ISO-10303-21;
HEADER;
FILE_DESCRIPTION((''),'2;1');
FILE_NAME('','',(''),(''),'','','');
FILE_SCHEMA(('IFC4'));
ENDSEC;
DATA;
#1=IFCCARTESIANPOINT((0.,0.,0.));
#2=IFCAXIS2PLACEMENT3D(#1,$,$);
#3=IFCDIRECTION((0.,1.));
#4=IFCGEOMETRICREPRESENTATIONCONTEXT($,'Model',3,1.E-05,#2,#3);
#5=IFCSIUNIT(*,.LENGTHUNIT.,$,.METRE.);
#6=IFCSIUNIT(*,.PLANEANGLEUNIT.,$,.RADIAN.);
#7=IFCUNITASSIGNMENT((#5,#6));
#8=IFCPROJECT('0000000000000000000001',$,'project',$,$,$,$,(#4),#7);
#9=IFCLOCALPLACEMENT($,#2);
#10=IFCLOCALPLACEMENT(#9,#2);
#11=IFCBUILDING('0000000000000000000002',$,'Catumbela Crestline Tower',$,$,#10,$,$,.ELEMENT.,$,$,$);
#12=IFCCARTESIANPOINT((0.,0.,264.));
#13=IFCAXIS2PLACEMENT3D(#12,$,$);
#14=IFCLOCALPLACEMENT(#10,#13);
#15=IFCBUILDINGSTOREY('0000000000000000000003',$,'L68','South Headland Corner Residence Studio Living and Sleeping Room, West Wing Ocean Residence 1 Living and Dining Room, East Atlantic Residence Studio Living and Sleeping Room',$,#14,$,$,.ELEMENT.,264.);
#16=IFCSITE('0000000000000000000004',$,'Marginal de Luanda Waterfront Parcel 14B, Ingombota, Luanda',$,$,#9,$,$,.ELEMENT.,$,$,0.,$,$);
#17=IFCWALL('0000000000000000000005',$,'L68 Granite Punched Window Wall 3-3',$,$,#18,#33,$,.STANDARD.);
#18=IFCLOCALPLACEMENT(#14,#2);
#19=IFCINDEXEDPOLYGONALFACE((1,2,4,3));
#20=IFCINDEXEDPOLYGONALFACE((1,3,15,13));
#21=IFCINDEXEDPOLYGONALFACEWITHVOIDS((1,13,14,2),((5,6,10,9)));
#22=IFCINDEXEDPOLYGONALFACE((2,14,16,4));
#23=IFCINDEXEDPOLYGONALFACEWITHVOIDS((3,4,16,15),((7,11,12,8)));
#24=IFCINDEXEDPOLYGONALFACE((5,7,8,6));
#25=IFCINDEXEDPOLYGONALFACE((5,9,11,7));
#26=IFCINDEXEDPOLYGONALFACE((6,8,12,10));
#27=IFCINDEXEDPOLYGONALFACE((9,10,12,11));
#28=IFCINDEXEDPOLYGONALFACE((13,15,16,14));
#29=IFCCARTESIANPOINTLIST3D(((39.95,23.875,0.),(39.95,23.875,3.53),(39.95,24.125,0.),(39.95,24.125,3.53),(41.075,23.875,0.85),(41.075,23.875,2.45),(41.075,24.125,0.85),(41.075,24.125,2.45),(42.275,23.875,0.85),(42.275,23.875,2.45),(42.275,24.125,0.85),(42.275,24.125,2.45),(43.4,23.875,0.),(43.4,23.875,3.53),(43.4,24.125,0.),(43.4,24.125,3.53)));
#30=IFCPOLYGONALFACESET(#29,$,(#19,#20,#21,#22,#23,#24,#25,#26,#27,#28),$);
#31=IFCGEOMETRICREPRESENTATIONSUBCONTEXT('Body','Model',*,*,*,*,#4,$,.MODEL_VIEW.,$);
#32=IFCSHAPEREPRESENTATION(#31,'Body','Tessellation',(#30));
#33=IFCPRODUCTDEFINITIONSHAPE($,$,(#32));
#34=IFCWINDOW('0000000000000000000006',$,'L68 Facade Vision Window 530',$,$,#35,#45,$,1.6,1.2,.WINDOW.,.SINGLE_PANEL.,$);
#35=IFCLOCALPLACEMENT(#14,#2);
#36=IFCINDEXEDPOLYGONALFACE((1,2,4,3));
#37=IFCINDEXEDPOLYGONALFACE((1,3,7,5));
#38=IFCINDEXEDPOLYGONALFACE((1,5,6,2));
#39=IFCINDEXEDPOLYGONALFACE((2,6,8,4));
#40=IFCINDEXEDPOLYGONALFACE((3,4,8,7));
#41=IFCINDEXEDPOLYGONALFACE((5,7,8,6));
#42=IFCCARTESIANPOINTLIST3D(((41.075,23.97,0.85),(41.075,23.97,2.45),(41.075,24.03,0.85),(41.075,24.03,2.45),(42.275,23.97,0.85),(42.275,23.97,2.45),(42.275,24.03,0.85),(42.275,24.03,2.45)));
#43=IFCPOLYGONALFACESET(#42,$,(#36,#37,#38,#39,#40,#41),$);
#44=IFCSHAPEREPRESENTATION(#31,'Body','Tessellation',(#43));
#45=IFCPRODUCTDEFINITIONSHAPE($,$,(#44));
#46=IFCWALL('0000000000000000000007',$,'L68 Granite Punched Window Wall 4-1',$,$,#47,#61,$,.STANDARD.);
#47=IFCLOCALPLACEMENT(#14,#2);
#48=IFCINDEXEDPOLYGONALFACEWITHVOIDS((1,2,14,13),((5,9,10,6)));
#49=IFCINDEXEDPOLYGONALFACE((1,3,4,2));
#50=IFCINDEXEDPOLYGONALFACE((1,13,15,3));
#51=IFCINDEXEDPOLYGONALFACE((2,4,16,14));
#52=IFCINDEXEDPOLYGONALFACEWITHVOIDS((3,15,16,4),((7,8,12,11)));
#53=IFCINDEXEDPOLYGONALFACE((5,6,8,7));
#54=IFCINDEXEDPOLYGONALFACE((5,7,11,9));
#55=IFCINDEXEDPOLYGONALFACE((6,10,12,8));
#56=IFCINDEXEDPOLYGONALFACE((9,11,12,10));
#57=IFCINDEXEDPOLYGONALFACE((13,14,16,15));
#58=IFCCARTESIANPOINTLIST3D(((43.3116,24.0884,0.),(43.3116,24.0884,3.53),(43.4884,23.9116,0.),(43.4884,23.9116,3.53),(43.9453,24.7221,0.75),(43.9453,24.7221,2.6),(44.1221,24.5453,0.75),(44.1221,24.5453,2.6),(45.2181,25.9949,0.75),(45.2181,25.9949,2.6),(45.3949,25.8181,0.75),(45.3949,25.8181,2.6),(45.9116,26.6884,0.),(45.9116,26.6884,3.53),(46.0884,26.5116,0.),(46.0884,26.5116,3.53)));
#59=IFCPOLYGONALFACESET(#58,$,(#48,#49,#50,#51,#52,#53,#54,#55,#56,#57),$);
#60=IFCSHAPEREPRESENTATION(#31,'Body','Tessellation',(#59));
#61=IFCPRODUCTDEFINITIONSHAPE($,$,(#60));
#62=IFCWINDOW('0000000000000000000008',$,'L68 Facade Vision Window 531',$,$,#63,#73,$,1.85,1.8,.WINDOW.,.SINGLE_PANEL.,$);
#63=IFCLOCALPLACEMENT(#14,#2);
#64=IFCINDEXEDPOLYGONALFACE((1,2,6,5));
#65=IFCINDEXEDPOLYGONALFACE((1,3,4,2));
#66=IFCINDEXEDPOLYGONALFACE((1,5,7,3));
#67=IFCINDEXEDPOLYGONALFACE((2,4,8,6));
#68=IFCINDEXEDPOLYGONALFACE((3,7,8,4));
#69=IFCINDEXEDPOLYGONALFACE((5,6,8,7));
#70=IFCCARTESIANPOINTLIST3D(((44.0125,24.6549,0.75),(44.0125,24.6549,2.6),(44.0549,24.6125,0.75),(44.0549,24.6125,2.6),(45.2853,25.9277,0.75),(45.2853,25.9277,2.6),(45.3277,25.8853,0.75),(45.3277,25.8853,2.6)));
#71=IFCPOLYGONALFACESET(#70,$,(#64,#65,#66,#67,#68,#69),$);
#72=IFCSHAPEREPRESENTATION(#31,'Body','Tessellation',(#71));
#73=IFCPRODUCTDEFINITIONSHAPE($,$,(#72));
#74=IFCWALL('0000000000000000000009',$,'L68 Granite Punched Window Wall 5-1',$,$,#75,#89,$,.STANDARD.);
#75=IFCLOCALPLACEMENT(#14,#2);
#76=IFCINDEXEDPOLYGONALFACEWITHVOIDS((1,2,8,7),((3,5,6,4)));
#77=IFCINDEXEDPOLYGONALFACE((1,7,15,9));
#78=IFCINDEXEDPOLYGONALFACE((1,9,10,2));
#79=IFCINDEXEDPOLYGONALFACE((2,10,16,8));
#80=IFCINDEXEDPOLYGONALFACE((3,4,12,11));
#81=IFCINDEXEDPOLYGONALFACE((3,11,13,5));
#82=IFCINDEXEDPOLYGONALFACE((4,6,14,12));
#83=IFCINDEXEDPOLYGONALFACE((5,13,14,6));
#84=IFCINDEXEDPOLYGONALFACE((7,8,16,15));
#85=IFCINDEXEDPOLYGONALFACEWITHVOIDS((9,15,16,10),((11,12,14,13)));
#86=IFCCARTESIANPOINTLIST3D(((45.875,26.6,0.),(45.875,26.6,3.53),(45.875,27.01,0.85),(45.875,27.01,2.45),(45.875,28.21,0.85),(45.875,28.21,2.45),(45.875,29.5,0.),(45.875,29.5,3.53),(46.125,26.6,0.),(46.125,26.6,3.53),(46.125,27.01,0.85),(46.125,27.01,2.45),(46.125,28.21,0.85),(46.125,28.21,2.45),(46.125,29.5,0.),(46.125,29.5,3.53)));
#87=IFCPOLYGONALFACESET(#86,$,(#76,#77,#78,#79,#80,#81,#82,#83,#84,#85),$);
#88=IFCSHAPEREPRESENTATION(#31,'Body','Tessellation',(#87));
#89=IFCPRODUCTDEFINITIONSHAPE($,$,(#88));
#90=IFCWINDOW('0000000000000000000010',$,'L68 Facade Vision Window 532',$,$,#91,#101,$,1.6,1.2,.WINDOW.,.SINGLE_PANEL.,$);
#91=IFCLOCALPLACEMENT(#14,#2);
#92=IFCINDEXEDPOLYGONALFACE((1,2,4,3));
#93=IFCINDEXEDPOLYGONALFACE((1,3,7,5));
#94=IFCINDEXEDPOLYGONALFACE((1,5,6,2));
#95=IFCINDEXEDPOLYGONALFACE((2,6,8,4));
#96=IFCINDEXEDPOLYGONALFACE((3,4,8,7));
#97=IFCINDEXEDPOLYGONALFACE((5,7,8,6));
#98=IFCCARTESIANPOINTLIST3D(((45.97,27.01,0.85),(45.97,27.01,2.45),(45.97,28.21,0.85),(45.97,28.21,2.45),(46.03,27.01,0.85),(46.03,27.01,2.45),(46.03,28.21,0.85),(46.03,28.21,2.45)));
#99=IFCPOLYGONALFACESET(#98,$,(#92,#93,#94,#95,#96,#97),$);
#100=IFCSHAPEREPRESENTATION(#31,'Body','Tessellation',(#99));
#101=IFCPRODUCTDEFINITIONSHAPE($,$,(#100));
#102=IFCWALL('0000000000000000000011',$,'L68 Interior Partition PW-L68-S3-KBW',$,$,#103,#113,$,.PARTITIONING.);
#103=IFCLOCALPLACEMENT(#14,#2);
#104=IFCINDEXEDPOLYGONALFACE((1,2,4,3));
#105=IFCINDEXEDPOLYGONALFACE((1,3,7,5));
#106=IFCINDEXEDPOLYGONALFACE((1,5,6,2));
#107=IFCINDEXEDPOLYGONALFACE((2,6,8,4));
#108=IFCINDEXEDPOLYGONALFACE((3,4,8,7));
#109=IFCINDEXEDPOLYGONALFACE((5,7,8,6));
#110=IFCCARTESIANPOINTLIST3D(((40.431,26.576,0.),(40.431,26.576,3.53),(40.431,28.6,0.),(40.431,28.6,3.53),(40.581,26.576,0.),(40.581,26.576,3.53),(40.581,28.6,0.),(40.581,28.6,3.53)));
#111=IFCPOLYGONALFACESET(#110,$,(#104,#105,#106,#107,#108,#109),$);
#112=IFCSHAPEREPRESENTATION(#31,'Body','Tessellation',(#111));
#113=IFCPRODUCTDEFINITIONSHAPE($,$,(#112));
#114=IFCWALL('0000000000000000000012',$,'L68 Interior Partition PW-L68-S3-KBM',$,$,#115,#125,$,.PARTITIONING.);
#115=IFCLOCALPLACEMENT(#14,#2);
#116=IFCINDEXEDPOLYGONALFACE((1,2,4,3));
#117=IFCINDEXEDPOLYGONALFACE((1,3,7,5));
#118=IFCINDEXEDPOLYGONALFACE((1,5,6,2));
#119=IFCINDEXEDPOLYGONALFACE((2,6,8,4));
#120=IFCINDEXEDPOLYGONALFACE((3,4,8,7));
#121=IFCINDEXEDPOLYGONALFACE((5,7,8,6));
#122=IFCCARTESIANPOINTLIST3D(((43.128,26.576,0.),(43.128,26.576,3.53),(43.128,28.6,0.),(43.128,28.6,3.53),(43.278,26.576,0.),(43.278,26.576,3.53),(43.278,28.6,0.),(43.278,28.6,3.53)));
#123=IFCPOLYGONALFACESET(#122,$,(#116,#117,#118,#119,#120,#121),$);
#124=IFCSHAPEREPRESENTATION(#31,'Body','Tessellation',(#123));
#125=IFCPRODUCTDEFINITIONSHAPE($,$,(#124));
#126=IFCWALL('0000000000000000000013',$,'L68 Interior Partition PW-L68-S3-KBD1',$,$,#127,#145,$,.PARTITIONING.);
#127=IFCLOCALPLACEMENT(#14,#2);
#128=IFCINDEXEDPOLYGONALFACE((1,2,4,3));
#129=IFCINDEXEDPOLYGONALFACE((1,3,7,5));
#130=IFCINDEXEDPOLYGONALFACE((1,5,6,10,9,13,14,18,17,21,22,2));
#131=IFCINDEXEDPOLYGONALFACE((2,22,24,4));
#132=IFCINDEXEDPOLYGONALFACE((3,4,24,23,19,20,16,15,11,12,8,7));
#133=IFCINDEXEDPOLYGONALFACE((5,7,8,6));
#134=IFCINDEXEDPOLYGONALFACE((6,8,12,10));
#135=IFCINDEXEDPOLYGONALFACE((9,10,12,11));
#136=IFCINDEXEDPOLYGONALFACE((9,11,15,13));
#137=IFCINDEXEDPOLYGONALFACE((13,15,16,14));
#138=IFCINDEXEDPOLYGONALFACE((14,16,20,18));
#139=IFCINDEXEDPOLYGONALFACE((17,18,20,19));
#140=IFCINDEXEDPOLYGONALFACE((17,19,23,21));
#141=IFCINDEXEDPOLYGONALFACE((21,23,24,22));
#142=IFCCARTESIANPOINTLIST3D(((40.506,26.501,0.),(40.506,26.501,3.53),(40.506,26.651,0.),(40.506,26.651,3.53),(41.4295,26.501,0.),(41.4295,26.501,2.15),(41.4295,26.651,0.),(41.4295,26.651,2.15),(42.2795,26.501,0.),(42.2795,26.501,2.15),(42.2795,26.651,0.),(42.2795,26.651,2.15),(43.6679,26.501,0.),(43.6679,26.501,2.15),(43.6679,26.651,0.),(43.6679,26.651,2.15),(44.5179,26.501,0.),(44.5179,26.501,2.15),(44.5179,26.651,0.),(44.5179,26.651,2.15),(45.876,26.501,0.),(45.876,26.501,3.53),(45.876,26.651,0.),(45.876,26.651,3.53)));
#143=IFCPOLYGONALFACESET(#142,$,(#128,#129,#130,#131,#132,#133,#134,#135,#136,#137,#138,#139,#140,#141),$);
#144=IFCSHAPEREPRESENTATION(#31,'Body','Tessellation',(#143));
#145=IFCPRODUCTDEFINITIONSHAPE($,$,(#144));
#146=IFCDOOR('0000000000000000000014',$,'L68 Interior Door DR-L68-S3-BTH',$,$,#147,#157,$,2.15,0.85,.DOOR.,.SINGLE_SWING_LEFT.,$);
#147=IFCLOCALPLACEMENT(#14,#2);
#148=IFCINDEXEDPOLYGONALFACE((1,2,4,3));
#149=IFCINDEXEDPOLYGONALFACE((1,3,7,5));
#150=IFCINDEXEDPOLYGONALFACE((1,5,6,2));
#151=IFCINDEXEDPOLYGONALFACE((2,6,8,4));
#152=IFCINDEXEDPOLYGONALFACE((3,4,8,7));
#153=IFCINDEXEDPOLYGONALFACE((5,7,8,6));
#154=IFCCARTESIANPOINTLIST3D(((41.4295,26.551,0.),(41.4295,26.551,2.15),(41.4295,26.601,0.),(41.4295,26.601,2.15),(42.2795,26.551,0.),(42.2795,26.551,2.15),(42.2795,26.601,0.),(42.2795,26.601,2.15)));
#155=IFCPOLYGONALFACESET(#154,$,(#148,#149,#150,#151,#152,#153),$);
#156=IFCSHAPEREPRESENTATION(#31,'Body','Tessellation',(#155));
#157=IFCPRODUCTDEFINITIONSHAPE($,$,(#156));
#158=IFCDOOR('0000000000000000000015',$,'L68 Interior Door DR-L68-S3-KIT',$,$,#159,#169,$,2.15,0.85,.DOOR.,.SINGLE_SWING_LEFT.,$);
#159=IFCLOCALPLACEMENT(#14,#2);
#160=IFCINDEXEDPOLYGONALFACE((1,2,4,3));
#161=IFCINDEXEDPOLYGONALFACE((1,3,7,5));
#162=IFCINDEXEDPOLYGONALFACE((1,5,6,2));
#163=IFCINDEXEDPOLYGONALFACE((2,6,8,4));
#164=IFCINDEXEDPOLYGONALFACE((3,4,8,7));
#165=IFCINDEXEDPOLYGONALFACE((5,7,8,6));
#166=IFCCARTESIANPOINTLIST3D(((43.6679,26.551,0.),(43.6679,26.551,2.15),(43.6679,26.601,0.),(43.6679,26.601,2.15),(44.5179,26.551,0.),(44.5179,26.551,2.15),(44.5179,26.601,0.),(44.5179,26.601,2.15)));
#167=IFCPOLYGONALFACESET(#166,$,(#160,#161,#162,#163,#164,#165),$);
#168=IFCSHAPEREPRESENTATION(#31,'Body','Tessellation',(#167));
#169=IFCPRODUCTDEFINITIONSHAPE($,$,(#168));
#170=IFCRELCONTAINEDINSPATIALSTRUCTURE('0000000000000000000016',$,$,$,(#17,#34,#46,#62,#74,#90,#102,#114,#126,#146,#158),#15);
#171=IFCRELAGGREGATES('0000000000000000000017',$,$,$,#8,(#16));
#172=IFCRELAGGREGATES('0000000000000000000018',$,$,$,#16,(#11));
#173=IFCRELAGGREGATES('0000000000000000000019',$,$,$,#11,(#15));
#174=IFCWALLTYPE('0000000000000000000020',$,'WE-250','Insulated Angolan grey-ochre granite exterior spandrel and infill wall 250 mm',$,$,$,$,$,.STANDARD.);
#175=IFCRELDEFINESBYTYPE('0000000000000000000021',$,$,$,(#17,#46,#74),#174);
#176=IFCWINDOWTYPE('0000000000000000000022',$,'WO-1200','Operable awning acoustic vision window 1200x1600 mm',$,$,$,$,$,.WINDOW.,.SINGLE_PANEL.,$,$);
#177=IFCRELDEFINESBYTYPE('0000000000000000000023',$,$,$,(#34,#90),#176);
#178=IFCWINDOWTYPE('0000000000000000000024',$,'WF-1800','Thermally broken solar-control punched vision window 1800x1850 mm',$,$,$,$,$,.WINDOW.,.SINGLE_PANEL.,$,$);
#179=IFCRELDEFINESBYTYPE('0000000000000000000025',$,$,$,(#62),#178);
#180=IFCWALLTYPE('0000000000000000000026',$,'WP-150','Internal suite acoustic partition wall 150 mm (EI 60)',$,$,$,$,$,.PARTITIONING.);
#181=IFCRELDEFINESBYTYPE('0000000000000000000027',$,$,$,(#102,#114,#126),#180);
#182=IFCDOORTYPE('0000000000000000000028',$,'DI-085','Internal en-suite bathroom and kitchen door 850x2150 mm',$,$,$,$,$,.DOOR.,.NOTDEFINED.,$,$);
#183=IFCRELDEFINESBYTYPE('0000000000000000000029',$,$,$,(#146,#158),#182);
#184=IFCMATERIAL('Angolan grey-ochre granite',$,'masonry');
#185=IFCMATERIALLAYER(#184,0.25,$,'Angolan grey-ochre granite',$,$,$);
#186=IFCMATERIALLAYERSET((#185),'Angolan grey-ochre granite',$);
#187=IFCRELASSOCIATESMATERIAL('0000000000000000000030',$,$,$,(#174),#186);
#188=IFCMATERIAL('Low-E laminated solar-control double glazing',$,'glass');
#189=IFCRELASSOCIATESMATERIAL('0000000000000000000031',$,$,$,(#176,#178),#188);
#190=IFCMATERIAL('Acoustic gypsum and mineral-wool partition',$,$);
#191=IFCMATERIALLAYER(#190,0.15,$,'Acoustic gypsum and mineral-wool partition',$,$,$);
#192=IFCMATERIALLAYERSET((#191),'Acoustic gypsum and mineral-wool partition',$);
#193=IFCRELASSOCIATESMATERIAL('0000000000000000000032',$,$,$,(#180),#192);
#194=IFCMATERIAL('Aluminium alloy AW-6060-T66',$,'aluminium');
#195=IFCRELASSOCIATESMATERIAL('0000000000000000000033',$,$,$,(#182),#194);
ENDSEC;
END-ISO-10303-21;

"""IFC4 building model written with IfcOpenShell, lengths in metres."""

from ifc_helpers import new_model, si_unit, direction, frame, frame_2d, origin, place, context, subcontext, project, spatial, rectangle, extrude, material, layer, layer_set, type_object, element, fill, save


model = new_model("IFC4")

# Units and contexts
model_context = context("Model", 3, precision=1e-05, world=origin(), true_north=direction((0.0, 1.0)))
body_context = subcontext(model_context, "Body", "Model", "MODEL_VIEW")
ifc_project = project(units=[si_unit("LENGTHUNIT", "METRE"), si_unit("PLANEANGLEUNIT", "RADIAN")], contexts=[model_context])

# Site, building, storey
site_placement = place(None, origin())
site = spatial("IfcSite", under=ifc_project, at=site_placement, Name="Marginal de Luanda Waterfront Parcel 14B, Ingombota, Luanda", CompositionType="ELEMENT", RefElevation=0.0)
building_placement = place(site_placement, origin())
building = spatial("IfcBuilding", under=site, at=building_placement, Name="Catumbela Crestline Tower", CompositionType="ELEMENT")
storey_placement = place(building_placement, frame((0.0, 0.0, 264.0)))
storey = spatial("IfcBuildingStorey", under=building, at=storey_placement, Name="L68", Description="South Headland Corner Residence Studio Living and Sleeping Room, West Wing Ocean Residence 1 Living and Dining Room, East Atlantic Residence Studio Living and Sleeping Room", CompositionType="ELEMENT", Elevation=264.0)

# Shared definitions
ifc_material_1 = material(Name="Aluminium alloy AW-6060-T66", Category="aluminium")
ifc_material_2 = material(Name="Low-E laminated solar-control double glazing", Category="glass")

# Walls, openings, windows
ifc_material_3 = material(Name="Angolan grey-ochre granite", Category="masonry")
ifc_layer_1 = layer(ifc_material_3, 0.25, Name="Angolan grey-ochre granite")
ifc_layer_set_1 = layer_set([ifc_layer_1], Name="Angolan grey-ochre granite")
wall_type_1 = type_object("IfcWallType", Name="WE-250", Description="Insulated Angolan grey-ochre granite exterior spandrel and infill wall 250 mm", PredefinedType="STANDARD", material=ifc_layer_set_1)
wall_1_placement = place(storey_placement, frame((39.95, 24.0, 0.0), z_axis=(0.0, 0.0, 1.0), x_axis=(1.0, 0.0, 0.0)))
wall_1 = element("IfcWall", 1, at=wall_1_placement, inside=storey, type_object=wall_type_1, Name="L68 Granite Punched Window Wall 3-3", PredefinedType="STANDARD", context=body_context, shape_type="SweptSolid", body=[
    extrude(rectangle(XDim=3.45, YDim=0.25, at=frame_2d((1.725, 0.0))), origin(), (0.0, 0.0, 1.0), 3.53),
])
opening_1_placement = place(wall_1_placement, frame((1.125, 0.0, 0.85)))
opening_1 = element("IfcOpeningElement", 2, at=opening_1_placement, cuts=wall_1, PredefinedType="OPENING", context=body_context, shape_type="SweptSolid", body=[
    extrude(rectangle(XDim=1.2, YDim=1.6, at=frame_2d((0.6, 0.8))), frame((0.0, 0.135, 0.0), z_axis=(0.0, -1.0, 0.0), x_axis=(1.0, 0.0, 0.0)), (0.0, 0.0, 1.0), 0.27),
])
window_type_1 = type_object("IfcWindowType", Name="WO-1200", Description="Operable awning acoustic vision window 1200x1600 mm", PartitioningType="SINGLE_PANEL", PredefinedType="WINDOW", material=ifc_material_2)
window_1_placement = place(opening_1_placement, origin())
window_1 = element("IfcWindow", 3, at=window_1_placement, inside=storey, type_object=window_type_1, Name="L68 Facade Vision Window 530", OverallHeight=1.6, OverallWidth=1.2, PartitioningType="SINGLE_PANEL", PredefinedType="WINDOW", context=body_context, shape_type="SweptSolid", body=[
    extrude(rectangle(XDim=1.2, YDim=1.6, at=frame_2d((0.6, 0.8))), frame((0.0, 0.03, 0.0), z_axis=(0.0, -1.0, 0.0), x_axis=(1.0, 0.0, 0.0)), (0.0, 0.0, 1.0), 0.06),
])
fill(opening_1, window_1)
wall_2_placement = place(storey_placement, frame((43.4, 24.0, 0.0), z_axis=(0.0, 0.0, 1.0), x_axis=(0.707107, 0.707107, 0.0)))
wall_2 = element("IfcWall", 4, at=wall_2_placement, inside=storey, type_object=wall_type_1, Name="L68 Granite Punched Window Wall 4-1", PredefinedType="STANDARD", context=body_context, shape_type="SweptSolid", body=[
    extrude(rectangle(XDim=3.677, YDim=0.25, at=frame_2d((1.8385, 0.0))), origin(), (0.0, 0.0, 1.0), 3.53),
])
opening_2_placement = place(wall_2_placement, frame((0.8962, 0.0, 0.75)))
opening_2 = element("IfcOpeningElement", 5, at=opening_2_placement, cuts=wall_2, PredefinedType="OPENING", context=body_context, shape_type="SweptSolid", body=[
    extrude(rectangle(XDim=1.8, YDim=1.85, at=frame_2d((0.9, 0.925))), frame((0.0, 0.135, 0.0), z_axis=(0.0, -1.0, 0.0), x_axis=(1.0, 0.0, 0.0)), (0.0, 0.0, 1.0), 0.27),
])
window_type_2 = type_object("IfcWindowType", Name="WF-1800", Description="Thermally broken solar-control punched vision window 1800x1850 mm", PartitioningType="SINGLE_PANEL", PredefinedType="WINDOW", material=ifc_material_2)
window_2_placement = place(opening_2_placement, origin())
window_2 = element("IfcWindow", 6, at=window_2_placement, inside=storey, type_object=window_type_2, Name="L68 Facade Vision Window 531", OverallHeight=1.85, OverallWidth=1.8, PartitioningType="SINGLE_PANEL", PredefinedType="WINDOW", context=body_context, shape_type="SweptSolid", body=[
    extrude(rectangle(XDim=1.8, YDim=1.85, at=frame_2d((0.9, 0.925))), frame((0.0, 0.03, 0.0), z_axis=(0.0, -1.0, 0.0), x_axis=(1.0, 0.0, 0.0)), (0.0, 0.0, 1.0), 0.06),
])
fill(opening_2, window_2)
wall_3_placement = place(storey_placement, frame((46.0, 26.6, 0.0), z_axis=(0.0, 0.0, 1.0), x_axis=(0.0, 1.0, 0.0)))
wall_3 = element("IfcWall", 7, at=wall_3_placement, inside=storey, type_object=wall_type_1, Name="L68 Granite Punched Window Wall 5-1", PredefinedType="STANDARD", context=body_context, shape_type="SweptSolid", body=[
    extrude(rectangle(XDim=2.9, YDim=0.25, at=frame_2d((1.45, 0.0))), origin(), (0.0, 0.0, 1.0), 3.53),
])
opening_3_placement = place(wall_3_placement, frame((0.41, 0.0, 0.85)))
opening_3 = element("IfcOpeningElement", 8, at=opening_3_placement, cuts=wall_3, PredefinedType="OPENING", context=body_context, shape_type="SweptSolid", body=[
    extrude(rectangle(XDim=1.2, YDim=1.6, at=frame_2d((0.6, 0.8))), frame((0.0, 0.135, 0.0), z_axis=(0.0, -1.0, 0.0), x_axis=(1.0, 0.0, 0.0)), (0.0, 0.0, 1.0), 0.27),
])
window_3_placement = place(opening_3_placement, origin())
window_3 = element("IfcWindow", 9, at=window_3_placement, inside=storey, type_object=window_type_1, Name="L68 Facade Vision Window 532", OverallHeight=1.6, OverallWidth=1.2, PartitioningType="SINGLE_PANEL", PredefinedType="WINDOW", context=body_context, shape_type="SweptSolid", body=[
    extrude(rectangle(XDim=1.2, YDim=1.6, at=frame_2d((0.6, 0.8))), frame((0.0, 0.03, 0.0), z_axis=(0.0, -1.0, 0.0), x_axis=(1.0, 0.0, 0.0)), (0.0, 0.0, 1.0), 0.06),
])
fill(opening_3, window_3)

# Walls
ifc_material_4 = material(Name="Acoustic gypsum and mineral-wool partition")
ifc_layer_2 = layer(ifc_material_4, 0.15, Name="Acoustic gypsum and mineral-wool partition")
ifc_layer_set_2 = layer_set([ifc_layer_2], Name="Acoustic gypsum and mineral-wool partition")
wall_type_2 = type_object("IfcWallType", Name="WP-150", Description="Internal suite acoustic partition wall 150 mm (EI 60)", PredefinedType="PARTITIONING", material=ifc_layer_set_2)
for number, where, z_axis, x_axis, name in (
    (10, (40.506, 26.576, 0.0), (0.0, 0.0, 1.0), (0.0, 1.0, 0.0), "L68 Interior Partition PW-L68-S3-KBW"),
    (11, (43.203, 26.576, 0.0), (0.0, 0.0, 1.0), (0.0, 1.0, 0.0), "L68 Interior Partition PW-L68-S3-KBM"),
):
    element("IfcWall", number, at=place(storey_placement, frame(where, z_axis=z_axis, x_axis=x_axis)), inside=storey, type_object=wall_type_2, Name=name, PredefinedType="PARTITIONING", context=body_context, shape_type="SweptSolid", body=[
        extrude(rectangle(XDim=2.024, YDim=0.15, at=frame_2d((1.012, 0.0))), origin(), (0.0, 0.0, 1.0), 3.53),
    ])

# Wall, openings, doors
wall_4_placement = place(storey_placement, frame((40.506, 26.576, 0.0), z_axis=(0.0, 0.0, 1.0), x_axis=(1.0, 0.0, 0.0)))
wall_4 = element("IfcWall", 12, at=wall_4_placement, inside=storey, type_object=wall_type_2, Name="L68 Interior Partition PW-L68-S3-KBD1", PredefinedType="PARTITIONING", context=body_context, shape_type="SweptSolid", body=[
    extrude(rectangle(XDim=5.37, YDim=0.15, at=frame_2d((2.685, 0.0))), origin(), (0.0, 0.0, 1.0), 3.53),
])
opening_4_placement = place(wall_4_placement, frame((0.9235, 0.0, 0.0)))
opening_4 = element("IfcOpeningElement", 13, at=opening_4_placement, cuts=wall_4, PredefinedType="OPENING", context=body_context, shape_type="SweptSolid", body=[
    extrude(rectangle(XDim=0.85, YDim=2.15, at=frame_2d((0.425, 1.075))), frame((0.0, 0.085, 0.0), z_axis=(0.0, -1.0, 0.0), x_axis=(1.0, 0.0, 0.0)), (0.0, 0.0, 1.0), 0.17),
])
opening_5_placement = place(wall_4_placement, frame((3.1619, 0.0, 0.0)))
opening_5 = element("IfcOpeningElement", 14, at=opening_5_placement, cuts=wall_4, PredefinedType="OPENING", context=body_context, shape_type="SweptSolid", body=[
    extrude(rectangle(XDim=0.85, YDim=2.15, at=frame_2d((0.425, 1.075))), frame((0.0, 0.085, 0.0), z_axis=(0.0, -1.0, 0.0), x_axis=(1.0, 0.0, 0.0)), (0.0, 0.0, 1.0), 0.17),
])
door_type = type_object("IfcDoorType", Name="DI-085", Description="Internal en-suite bathroom and kitchen door 850x2150 mm", OperationType="NOTDEFINED", PredefinedType="DOOR", material=ifc_material_1)
door_1_placement = place(opening_4_placement, origin())
door_1 = element("IfcDoor", 15, at=door_1_placement, inside=storey, type_object=door_type, Name="L68 Interior Door DR-L68-S3-BTH", OperationType="SINGLE_SWING_LEFT", OverallHeight=2.15, OverallWidth=0.85, PredefinedType="DOOR", context=body_context, shape_type="SweptSolid", body=[
    extrude(rectangle(XDim=0.85, YDim=2.15, at=frame_2d((0.425, 1.075))), frame((0.0, 0.025, 0.0), z_axis=(0.0, -1.0, 0.0), x_axis=(1.0, 0.0, 0.0)), (0.0, 0.0, 1.0), 0.05),
])
fill(opening_4, door_1)
door_2_placement = place(opening_5_placement, origin())
door_2 = element("IfcDoor", 16, at=door_2_placement, inside=storey, type_object=door_type, Name="L68 Interior Door DR-L68-S3-KIT", OperationType="SINGLE_SWING_LEFT", OverallHeight=2.15, OverallWidth=0.85, PredefinedType="DOOR", context=body_context, shape_type="SweptSolid", body=[
    extrude(rectangle(XDim=0.85, YDim=2.15, at=frame_2d((0.425, 1.075))), frame((0.0, 0.025, 0.0), z_axis=(0.0, -1.0, 0.0), x_axis=(1.0, 0.0, 0.0)), (0.0, 0.0, 1.0), 0.05),
])
fill(opening_5, door_2)

save(model, "model.ifc")
